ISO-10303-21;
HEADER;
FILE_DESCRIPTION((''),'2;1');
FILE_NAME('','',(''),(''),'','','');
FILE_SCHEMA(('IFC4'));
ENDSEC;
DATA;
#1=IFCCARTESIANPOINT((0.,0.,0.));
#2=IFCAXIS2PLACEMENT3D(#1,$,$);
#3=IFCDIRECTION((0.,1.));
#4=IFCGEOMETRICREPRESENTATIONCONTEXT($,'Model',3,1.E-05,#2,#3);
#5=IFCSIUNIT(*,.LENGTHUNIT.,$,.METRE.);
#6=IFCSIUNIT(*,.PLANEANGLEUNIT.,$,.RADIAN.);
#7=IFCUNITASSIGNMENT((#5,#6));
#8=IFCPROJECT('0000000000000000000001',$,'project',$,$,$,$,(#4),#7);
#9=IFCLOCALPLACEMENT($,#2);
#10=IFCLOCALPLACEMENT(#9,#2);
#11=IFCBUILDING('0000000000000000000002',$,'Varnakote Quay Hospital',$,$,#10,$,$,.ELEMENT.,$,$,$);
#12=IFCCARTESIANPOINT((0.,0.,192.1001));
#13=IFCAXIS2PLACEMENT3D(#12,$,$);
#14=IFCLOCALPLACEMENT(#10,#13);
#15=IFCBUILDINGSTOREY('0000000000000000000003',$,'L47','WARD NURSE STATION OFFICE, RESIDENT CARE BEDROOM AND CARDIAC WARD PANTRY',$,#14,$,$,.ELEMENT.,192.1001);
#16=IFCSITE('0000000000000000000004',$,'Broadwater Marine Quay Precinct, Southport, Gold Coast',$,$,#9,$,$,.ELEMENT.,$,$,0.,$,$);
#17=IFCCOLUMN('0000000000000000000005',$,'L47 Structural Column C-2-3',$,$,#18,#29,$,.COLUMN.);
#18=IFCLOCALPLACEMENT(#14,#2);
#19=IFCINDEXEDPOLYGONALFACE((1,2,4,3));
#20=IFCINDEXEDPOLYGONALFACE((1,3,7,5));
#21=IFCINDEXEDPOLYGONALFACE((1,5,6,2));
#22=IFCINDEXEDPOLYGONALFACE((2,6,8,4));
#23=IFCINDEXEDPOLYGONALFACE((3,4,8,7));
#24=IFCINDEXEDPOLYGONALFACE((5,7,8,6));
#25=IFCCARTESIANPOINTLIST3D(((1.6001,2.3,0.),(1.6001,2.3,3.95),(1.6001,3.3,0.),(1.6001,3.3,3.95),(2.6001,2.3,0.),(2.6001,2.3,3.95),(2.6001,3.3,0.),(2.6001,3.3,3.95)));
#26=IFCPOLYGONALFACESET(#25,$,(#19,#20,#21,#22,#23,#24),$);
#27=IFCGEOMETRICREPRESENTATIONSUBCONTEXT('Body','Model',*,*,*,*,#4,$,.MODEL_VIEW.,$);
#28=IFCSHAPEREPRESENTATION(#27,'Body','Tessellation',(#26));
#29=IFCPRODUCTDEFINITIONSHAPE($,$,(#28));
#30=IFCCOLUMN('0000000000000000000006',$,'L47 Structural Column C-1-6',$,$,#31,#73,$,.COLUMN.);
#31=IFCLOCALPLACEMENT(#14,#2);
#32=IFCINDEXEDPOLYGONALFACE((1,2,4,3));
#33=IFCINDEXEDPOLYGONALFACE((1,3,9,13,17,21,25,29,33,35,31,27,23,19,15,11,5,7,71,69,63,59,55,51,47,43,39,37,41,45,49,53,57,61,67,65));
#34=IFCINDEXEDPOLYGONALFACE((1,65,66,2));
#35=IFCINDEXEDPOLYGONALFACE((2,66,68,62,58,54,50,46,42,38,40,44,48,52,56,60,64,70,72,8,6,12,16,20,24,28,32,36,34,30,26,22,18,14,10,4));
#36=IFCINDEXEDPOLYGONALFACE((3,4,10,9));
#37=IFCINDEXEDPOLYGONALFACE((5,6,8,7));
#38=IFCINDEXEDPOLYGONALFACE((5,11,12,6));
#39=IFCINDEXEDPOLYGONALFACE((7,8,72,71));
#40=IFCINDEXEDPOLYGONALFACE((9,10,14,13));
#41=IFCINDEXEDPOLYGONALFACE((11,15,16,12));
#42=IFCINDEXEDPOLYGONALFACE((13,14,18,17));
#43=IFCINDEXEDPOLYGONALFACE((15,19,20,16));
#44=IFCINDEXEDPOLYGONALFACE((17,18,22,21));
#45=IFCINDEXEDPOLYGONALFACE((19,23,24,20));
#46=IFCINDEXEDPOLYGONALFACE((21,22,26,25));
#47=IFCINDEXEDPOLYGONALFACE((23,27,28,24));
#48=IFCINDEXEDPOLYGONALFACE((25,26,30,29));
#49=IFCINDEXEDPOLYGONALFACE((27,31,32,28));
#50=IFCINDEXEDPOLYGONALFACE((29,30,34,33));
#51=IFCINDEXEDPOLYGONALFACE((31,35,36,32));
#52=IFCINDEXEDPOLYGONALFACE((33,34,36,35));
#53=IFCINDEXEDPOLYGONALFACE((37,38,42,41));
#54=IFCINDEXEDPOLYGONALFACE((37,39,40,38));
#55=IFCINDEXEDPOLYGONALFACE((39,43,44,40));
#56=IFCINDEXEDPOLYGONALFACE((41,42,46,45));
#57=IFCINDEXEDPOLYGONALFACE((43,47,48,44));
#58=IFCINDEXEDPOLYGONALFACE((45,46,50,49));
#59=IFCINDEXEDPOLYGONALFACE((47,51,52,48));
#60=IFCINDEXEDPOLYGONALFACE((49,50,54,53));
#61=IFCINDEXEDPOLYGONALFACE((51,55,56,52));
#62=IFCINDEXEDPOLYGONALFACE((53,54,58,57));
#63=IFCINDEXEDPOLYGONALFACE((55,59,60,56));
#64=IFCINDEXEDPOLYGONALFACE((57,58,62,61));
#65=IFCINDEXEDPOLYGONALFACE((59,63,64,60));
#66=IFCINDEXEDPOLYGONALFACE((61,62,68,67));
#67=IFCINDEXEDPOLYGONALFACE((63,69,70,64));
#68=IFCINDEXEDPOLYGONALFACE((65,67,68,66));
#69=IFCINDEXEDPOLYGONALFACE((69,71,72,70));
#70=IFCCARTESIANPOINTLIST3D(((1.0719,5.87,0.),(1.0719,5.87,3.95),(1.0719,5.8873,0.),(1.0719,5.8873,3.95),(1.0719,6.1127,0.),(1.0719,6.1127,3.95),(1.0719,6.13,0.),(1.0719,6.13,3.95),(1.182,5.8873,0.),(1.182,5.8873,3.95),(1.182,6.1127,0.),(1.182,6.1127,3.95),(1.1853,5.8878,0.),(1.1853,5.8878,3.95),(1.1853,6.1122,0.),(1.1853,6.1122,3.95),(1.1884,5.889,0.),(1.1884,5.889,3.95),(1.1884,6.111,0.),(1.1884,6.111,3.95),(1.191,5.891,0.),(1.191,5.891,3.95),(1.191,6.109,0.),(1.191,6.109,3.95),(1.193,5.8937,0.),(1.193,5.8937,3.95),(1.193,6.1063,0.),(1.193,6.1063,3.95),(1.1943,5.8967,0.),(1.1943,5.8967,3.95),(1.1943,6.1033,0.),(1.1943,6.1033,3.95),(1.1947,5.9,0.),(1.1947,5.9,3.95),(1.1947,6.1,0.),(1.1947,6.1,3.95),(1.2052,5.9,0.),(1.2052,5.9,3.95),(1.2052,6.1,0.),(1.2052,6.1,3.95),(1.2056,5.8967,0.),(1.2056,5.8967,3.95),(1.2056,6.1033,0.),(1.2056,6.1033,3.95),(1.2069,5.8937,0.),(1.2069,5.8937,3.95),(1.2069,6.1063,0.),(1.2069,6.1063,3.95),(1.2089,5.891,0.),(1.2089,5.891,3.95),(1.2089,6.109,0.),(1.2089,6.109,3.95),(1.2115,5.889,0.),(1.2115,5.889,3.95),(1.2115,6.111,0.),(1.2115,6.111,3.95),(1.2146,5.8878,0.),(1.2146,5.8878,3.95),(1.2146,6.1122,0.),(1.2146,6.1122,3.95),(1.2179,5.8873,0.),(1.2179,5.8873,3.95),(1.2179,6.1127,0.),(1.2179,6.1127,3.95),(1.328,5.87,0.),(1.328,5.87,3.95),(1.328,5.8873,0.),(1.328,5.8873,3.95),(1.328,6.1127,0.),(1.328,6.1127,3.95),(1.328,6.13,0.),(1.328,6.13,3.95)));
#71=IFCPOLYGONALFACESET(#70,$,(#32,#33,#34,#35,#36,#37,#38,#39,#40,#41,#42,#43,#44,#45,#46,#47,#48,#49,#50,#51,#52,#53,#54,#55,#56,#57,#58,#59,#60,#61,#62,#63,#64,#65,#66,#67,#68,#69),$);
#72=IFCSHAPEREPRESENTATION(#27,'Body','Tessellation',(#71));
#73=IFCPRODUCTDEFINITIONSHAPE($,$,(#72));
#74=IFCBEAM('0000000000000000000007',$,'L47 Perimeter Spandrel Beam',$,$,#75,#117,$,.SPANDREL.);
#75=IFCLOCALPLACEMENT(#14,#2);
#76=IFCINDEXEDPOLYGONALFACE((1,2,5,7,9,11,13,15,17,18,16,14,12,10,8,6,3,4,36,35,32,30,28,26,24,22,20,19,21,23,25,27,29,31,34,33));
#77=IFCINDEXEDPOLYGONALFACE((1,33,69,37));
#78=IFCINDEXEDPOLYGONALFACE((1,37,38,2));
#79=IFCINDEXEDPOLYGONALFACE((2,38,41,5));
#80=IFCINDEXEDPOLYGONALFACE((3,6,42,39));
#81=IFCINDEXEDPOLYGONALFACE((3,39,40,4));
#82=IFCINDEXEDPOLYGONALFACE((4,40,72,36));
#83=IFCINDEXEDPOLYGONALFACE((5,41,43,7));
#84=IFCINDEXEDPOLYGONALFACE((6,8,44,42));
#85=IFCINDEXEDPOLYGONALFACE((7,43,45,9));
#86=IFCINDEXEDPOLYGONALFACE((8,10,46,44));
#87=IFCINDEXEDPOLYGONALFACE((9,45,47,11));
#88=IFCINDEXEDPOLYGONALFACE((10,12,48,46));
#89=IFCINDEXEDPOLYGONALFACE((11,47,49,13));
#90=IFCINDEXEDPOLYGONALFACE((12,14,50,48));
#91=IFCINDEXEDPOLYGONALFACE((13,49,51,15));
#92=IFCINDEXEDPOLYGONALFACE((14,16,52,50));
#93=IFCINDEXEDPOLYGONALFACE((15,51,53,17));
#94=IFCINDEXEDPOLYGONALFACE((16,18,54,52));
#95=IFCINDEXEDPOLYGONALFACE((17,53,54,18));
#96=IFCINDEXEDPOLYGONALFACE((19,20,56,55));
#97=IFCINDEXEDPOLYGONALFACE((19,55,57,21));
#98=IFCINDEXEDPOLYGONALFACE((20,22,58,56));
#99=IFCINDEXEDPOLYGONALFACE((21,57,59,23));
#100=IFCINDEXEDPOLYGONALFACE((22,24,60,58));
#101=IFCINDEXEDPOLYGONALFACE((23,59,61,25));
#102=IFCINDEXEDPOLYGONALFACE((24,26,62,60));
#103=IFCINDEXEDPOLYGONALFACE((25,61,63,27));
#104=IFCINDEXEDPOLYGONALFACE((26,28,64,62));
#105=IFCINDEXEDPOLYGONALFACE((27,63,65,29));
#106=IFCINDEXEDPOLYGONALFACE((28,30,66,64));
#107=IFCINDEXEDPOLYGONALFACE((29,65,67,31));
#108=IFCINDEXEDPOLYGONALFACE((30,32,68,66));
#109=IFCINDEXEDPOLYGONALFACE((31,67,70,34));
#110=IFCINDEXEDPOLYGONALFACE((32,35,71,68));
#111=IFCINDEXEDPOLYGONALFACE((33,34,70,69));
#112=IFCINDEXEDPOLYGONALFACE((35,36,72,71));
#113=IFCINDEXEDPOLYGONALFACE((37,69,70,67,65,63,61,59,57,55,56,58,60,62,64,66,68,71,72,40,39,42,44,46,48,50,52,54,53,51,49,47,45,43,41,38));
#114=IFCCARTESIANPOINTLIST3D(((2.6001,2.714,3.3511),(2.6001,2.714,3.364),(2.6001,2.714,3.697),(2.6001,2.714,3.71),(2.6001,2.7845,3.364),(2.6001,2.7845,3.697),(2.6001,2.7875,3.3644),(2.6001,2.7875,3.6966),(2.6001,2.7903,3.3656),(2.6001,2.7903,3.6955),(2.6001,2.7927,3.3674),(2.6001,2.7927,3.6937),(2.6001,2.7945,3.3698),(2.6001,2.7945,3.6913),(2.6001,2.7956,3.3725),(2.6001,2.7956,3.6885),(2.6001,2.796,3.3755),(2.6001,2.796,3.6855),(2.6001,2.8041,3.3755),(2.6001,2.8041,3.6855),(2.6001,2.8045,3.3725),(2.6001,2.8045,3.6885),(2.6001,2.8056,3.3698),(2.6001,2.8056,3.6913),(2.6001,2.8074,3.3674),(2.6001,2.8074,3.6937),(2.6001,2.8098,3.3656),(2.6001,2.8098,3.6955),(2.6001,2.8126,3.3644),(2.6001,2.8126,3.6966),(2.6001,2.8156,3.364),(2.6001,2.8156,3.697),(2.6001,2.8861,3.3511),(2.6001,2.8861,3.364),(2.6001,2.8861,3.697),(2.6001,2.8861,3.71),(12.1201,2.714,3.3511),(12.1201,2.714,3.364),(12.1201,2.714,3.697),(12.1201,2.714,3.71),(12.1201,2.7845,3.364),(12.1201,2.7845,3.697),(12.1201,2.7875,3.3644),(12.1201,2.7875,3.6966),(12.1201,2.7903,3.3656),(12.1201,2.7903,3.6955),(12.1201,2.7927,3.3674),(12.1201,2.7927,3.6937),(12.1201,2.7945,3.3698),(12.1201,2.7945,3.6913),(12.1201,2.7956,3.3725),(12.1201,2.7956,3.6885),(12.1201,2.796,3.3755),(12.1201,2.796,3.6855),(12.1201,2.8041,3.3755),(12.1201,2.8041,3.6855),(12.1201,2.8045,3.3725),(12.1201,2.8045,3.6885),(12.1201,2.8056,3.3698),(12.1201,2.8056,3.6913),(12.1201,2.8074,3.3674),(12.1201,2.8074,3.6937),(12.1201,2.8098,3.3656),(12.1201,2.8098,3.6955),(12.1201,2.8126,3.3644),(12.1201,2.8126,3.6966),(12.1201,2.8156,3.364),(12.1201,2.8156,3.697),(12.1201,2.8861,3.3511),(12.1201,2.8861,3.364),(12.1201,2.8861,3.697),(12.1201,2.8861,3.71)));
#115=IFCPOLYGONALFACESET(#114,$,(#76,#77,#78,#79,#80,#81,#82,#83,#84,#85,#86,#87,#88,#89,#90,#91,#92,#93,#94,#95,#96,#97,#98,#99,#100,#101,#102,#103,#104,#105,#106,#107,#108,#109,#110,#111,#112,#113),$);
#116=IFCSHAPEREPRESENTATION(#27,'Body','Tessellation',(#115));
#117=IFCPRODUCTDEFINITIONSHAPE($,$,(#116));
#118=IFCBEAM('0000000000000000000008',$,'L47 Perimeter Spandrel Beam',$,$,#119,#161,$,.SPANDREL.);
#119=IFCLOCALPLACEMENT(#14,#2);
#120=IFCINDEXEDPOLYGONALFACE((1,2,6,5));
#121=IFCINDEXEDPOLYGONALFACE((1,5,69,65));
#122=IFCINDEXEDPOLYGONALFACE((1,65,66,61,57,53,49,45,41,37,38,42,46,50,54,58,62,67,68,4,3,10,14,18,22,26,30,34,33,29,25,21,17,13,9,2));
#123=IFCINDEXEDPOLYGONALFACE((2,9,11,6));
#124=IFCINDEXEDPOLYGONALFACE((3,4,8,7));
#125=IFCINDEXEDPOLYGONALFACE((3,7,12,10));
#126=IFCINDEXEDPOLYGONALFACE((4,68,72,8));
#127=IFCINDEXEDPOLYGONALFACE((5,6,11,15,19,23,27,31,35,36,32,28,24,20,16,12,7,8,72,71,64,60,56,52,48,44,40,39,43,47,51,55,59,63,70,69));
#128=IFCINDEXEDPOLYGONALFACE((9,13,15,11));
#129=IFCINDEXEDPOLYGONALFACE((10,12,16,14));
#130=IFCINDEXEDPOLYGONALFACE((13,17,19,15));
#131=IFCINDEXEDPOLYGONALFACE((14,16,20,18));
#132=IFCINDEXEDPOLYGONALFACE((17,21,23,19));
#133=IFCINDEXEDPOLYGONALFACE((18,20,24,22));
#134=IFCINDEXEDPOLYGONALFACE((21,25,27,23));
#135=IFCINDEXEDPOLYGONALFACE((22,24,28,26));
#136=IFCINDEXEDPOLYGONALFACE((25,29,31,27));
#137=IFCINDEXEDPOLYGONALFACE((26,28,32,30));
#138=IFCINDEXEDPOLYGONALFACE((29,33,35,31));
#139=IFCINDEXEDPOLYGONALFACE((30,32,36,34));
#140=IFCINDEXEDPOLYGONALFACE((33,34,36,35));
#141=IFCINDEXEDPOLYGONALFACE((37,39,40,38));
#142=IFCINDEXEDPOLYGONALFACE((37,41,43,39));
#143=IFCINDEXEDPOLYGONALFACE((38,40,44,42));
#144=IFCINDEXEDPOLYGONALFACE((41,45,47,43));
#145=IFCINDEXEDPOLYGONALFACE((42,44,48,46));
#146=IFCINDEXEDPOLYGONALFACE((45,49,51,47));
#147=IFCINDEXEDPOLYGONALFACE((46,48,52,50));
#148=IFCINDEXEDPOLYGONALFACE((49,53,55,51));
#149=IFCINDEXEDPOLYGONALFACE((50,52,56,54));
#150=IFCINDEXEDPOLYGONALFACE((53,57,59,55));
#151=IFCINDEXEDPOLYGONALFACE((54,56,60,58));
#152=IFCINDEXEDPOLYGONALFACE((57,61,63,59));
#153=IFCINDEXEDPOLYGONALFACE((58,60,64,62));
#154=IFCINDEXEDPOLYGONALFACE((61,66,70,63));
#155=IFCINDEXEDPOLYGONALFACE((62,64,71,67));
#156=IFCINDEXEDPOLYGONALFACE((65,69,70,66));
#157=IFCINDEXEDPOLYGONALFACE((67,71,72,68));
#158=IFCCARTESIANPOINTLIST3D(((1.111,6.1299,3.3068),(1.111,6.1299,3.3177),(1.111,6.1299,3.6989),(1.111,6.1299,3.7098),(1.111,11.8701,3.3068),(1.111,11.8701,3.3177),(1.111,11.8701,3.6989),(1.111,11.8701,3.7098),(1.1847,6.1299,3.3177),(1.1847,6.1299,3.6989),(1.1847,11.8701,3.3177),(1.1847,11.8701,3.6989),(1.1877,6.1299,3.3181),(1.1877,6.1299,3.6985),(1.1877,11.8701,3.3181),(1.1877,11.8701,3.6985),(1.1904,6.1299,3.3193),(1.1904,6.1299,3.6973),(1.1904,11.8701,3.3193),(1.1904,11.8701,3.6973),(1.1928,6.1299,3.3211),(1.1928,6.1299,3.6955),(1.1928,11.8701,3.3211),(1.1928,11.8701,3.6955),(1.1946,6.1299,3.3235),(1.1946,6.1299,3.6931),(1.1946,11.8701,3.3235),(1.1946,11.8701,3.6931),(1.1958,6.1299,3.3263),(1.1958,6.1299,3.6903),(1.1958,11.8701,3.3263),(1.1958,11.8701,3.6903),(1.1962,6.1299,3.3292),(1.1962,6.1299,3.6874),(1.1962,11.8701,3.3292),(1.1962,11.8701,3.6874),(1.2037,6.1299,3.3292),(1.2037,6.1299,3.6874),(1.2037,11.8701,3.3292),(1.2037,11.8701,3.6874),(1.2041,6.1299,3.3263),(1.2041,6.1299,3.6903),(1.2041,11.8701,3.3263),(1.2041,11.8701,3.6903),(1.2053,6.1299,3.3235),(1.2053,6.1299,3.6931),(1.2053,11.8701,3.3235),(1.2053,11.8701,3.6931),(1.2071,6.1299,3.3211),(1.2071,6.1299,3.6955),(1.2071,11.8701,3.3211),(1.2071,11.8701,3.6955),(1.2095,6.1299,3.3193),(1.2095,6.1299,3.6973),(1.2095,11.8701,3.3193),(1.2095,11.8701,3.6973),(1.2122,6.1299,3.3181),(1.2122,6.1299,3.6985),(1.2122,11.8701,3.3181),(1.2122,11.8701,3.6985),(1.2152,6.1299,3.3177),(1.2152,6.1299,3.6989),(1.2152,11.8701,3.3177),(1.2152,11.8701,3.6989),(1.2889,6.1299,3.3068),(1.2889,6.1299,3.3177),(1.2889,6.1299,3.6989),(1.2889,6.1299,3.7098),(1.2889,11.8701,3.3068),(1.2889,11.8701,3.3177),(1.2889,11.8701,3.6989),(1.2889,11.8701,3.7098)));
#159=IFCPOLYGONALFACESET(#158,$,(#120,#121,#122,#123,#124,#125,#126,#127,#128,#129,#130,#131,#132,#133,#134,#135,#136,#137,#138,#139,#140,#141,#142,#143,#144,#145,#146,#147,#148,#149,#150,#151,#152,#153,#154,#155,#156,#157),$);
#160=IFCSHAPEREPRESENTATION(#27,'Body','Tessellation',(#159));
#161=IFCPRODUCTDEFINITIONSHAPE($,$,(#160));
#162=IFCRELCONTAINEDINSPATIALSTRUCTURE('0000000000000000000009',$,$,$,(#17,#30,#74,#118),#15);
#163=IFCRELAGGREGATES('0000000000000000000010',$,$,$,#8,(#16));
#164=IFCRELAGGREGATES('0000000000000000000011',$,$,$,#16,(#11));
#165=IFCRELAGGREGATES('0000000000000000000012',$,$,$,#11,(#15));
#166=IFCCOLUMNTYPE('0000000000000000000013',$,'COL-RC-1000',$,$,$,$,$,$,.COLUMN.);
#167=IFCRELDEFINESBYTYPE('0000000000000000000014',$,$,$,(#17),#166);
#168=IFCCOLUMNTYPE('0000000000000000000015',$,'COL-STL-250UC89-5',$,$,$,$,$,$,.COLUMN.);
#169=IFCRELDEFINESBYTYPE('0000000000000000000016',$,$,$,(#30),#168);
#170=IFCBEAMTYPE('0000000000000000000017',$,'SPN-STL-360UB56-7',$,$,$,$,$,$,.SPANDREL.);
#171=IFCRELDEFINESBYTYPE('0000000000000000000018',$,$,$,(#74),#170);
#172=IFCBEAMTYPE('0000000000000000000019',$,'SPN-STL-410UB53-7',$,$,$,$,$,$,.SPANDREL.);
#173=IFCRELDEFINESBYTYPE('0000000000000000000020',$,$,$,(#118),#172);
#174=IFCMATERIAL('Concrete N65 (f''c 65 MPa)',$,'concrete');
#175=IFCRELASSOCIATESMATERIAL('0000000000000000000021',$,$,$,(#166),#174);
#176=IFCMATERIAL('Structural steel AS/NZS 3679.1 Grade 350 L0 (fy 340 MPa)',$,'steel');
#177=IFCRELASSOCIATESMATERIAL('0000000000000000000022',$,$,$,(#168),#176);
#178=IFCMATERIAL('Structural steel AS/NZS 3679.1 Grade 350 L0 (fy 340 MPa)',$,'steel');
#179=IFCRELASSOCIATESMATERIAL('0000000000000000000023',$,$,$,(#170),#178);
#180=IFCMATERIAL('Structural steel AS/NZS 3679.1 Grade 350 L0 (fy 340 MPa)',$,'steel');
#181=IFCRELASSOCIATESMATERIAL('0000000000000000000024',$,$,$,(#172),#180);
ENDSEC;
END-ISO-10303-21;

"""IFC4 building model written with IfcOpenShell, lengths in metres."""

from ifc_helpers import new_model, si_unit, direction, frame, origin, origin_2d, place, context, subcontext, project, spatial, rectangle, i_section, extrude, material, material_profile, profile_set, type_object, element, save


model = new_model("IFC4")

# Units and contexts
model_context = context("Model", 3, precision=1e-05, world=origin(), true_north=direction((0.0, 1.0)))
body_context = subcontext(model_context, "Body", "Model", "MODEL_VIEW")
ifc_project = project(units=[si_unit("LENGTHUNIT", "METRE"), si_unit("PLANEANGLEUNIT", "RADIAN")], contexts=[model_context])

# Site, building, storey
site_placement = place(None, origin())
site = spatial("IfcSite", under=ifc_project, at=site_placement, Name="Broadwater Marine Quay Precinct, Southport, Gold Coast", CompositionType="ELEMENT", RefElevation=0.0)
building_placement = place(site_placement, origin())
building = spatial("IfcBuilding", under=site, at=building_placement, Name="Varnakote Quay Hospital", CompositionType="ELEMENT")
storey_placement = place(building_placement, frame((0.0, 0.0, 192.1001)))
storey = spatial("IfcBuildingStorey", under=building, at=storey_placement, Name="L47", Description="WARD NURSE STATION OFFICE, RESIDENT CARE BEDROOM AND CARDIAC WARD PANTRY", CompositionType="ELEMENT", Elevation=192.1001)

# Columns
ifc_material_1 = material(Name="Concrete N65 (f'c 65 MPa)", Category="concrete")
ifc_material_profile_1 = material_profile(ifc_material_1, rectangle(XDim=1.0, YDim=1.0, at=origin_2d()), Name="RC-COL-1000x1000")
ifc_profile_set_1 = profile_set([ifc_material_profile_1], Name="Concrete N65 (f'c 65 MPa)")
column_type_1 = type_object("IfcColumnType", Name="COL-RC-1000", PredefinedType="COLUMN", material=ifc_profile_set_1)
column_1_placement = place(storey_placement, frame((2.1001, 2.8, 0.0), z_axis=(0.0, 0.0, 1.0), x_axis=(1.0, 0.0, 0.0)))
element("IfcColumn", 1, at=column_1_placement, inside=storey, type_object=column_type_1, Name="L47 Structural Column C-2-3", PredefinedType="COLUMN", context=body_context, shape_type="SweptSolid", body=[
    extrude(rectangle(XDim=1.0, YDim=1.0, at=origin_2d()), origin(), (0.0, 0.0, 1.0), 3.95),
])
ifc_material_2 = material(Name="Structural steel AS/NZS 3679.1 Grade 350 L0 (fy 340 MPa)", Category="steel")
ifc_material_profile_2 = material_profile(ifc_material_2, i_section(OverallWidth=0.2561, OverallDepth=0.26, WebThickness=0.0105, FlangeThickness=0.0173, FilletRadius=0.0127, at=origin_2d()), Name="250UC89.5")
ifc_profile_set_2 = profile_set([ifc_material_profile_2], Name="Structural steel AS/NZS 3679.1 Grade 350 L0 (fy 340 MPa)")
column_type_2 = type_object("IfcColumnType", Name="COL-STL-250UC89-5", PredefinedType="COLUMN", material=ifc_profile_set_2)
column_2_placement = place(storey_placement, frame((1.2, 6.0, 0.0), z_axis=(0.0, 0.0, 1.0), x_axis=(1.0, 0.0, 0.0)))
element("IfcColumn", 2, at=column_2_placement, inside=storey, type_object=column_type_2, Name="L47 Structural Column C-1-6", PredefinedType="COLUMN", context=body_context, shape_type="SweptSolid", body=[
    extrude(i_section(OverallWidth=0.2561, OverallDepth=0.26, WebThickness=0.0105, FlangeThickness=0.0173, FilletRadius=0.0127, at=origin_2d()), origin(), (0.0, 0.0, 1.0), 3.95),
])

# Beams
ifc_material_3 = material(Name="Structural steel AS/NZS 3679.1 Grade 350 L0 (fy 340 MPa)", Category="steel")
ifc_material_profile_3 = material_profile(ifc_material_3, i_section(OverallWidth=0.1721, OverallDepth=0.3589, WebThickness=0.0081, FlangeThickness=0.0129, FilletRadius=0.0115, at=origin_2d()), Name="360UB56.7")
ifc_profile_set_3 = profile_set([ifc_material_profile_3], Name="Structural steel AS/NZS 3679.1 Grade 350 L0 (fy 340 MPa)")
beam_type_1 = type_object("IfcBeamType", Name="SPN-STL-360UB56-7", PredefinedType="SPANDREL", material=ifc_profile_set_3)
beam_1_placement = place(storey_placement, frame((2.6001, 2.8, 3.5305), z_axis=(1.0, 0.0, 0.0), x_axis=(0.0, 1.0, 0.0)))
element("IfcBeam", 3, at=beam_1_placement, inside=storey, type_object=beam_type_1, Name="L47 Perimeter Spandrel Beam", PredefinedType="SPANDREL", context=body_context, shape_type="SweptSolid", body=[
    extrude(i_section(OverallWidth=0.1721, OverallDepth=0.3589, WebThickness=0.0081, FlangeThickness=0.0129, FilletRadius=0.0115, at=origin_2d()), origin(), (0.0, 0.0, 1.0), 9.52),
])
ifc_material_4 = material(Name="Structural steel AS/NZS 3679.1 Grade 350 L0 (fy 340 MPa)", Category="steel")
ifc_material_profile_4 = material_profile(ifc_material_4, i_section(OverallWidth=0.178, OverallDepth=0.4031, WebThickness=0.0076, FlangeThickness=0.011, FilletRadius=0.0115, at=origin_2d()), Name="410UB53.7")
ifc_profile_set_4 = profile_set([ifc_material_profile_4], Name="Structural steel AS/NZS 3679.1 Grade 350 L0 (fy 340 MPa)")
beam_type_2 = type_object("IfcBeamType", Name="SPN-STL-410UB53-7", PredefinedType="SPANDREL", material=ifc_profile_set_4)
beam_2_placement = place(storey_placement, frame((1.2, 6.1299, 3.5083), z_axis=(0.0, 1.0, 0.0), x_axis=(-1.0, 0.0, 0.0)))
element("IfcBeam", 4, at=beam_2_placement, inside=storey, type_object=beam_type_2, Name="L47 Perimeter Spandrel Beam", PredefinedType="SPANDREL", context=body_context, shape_type="SweptSolid", body=[
    extrude(i_section(OverallWidth=0.178, OverallDepth=0.4031, WebThickness=0.0076, FlangeThickness=0.011, FilletRadius=0.0115, at=origin_2d()), origin(), (0.0, 0.0, 1.0), 5.7402),
])

save(model, "model.ifc")
